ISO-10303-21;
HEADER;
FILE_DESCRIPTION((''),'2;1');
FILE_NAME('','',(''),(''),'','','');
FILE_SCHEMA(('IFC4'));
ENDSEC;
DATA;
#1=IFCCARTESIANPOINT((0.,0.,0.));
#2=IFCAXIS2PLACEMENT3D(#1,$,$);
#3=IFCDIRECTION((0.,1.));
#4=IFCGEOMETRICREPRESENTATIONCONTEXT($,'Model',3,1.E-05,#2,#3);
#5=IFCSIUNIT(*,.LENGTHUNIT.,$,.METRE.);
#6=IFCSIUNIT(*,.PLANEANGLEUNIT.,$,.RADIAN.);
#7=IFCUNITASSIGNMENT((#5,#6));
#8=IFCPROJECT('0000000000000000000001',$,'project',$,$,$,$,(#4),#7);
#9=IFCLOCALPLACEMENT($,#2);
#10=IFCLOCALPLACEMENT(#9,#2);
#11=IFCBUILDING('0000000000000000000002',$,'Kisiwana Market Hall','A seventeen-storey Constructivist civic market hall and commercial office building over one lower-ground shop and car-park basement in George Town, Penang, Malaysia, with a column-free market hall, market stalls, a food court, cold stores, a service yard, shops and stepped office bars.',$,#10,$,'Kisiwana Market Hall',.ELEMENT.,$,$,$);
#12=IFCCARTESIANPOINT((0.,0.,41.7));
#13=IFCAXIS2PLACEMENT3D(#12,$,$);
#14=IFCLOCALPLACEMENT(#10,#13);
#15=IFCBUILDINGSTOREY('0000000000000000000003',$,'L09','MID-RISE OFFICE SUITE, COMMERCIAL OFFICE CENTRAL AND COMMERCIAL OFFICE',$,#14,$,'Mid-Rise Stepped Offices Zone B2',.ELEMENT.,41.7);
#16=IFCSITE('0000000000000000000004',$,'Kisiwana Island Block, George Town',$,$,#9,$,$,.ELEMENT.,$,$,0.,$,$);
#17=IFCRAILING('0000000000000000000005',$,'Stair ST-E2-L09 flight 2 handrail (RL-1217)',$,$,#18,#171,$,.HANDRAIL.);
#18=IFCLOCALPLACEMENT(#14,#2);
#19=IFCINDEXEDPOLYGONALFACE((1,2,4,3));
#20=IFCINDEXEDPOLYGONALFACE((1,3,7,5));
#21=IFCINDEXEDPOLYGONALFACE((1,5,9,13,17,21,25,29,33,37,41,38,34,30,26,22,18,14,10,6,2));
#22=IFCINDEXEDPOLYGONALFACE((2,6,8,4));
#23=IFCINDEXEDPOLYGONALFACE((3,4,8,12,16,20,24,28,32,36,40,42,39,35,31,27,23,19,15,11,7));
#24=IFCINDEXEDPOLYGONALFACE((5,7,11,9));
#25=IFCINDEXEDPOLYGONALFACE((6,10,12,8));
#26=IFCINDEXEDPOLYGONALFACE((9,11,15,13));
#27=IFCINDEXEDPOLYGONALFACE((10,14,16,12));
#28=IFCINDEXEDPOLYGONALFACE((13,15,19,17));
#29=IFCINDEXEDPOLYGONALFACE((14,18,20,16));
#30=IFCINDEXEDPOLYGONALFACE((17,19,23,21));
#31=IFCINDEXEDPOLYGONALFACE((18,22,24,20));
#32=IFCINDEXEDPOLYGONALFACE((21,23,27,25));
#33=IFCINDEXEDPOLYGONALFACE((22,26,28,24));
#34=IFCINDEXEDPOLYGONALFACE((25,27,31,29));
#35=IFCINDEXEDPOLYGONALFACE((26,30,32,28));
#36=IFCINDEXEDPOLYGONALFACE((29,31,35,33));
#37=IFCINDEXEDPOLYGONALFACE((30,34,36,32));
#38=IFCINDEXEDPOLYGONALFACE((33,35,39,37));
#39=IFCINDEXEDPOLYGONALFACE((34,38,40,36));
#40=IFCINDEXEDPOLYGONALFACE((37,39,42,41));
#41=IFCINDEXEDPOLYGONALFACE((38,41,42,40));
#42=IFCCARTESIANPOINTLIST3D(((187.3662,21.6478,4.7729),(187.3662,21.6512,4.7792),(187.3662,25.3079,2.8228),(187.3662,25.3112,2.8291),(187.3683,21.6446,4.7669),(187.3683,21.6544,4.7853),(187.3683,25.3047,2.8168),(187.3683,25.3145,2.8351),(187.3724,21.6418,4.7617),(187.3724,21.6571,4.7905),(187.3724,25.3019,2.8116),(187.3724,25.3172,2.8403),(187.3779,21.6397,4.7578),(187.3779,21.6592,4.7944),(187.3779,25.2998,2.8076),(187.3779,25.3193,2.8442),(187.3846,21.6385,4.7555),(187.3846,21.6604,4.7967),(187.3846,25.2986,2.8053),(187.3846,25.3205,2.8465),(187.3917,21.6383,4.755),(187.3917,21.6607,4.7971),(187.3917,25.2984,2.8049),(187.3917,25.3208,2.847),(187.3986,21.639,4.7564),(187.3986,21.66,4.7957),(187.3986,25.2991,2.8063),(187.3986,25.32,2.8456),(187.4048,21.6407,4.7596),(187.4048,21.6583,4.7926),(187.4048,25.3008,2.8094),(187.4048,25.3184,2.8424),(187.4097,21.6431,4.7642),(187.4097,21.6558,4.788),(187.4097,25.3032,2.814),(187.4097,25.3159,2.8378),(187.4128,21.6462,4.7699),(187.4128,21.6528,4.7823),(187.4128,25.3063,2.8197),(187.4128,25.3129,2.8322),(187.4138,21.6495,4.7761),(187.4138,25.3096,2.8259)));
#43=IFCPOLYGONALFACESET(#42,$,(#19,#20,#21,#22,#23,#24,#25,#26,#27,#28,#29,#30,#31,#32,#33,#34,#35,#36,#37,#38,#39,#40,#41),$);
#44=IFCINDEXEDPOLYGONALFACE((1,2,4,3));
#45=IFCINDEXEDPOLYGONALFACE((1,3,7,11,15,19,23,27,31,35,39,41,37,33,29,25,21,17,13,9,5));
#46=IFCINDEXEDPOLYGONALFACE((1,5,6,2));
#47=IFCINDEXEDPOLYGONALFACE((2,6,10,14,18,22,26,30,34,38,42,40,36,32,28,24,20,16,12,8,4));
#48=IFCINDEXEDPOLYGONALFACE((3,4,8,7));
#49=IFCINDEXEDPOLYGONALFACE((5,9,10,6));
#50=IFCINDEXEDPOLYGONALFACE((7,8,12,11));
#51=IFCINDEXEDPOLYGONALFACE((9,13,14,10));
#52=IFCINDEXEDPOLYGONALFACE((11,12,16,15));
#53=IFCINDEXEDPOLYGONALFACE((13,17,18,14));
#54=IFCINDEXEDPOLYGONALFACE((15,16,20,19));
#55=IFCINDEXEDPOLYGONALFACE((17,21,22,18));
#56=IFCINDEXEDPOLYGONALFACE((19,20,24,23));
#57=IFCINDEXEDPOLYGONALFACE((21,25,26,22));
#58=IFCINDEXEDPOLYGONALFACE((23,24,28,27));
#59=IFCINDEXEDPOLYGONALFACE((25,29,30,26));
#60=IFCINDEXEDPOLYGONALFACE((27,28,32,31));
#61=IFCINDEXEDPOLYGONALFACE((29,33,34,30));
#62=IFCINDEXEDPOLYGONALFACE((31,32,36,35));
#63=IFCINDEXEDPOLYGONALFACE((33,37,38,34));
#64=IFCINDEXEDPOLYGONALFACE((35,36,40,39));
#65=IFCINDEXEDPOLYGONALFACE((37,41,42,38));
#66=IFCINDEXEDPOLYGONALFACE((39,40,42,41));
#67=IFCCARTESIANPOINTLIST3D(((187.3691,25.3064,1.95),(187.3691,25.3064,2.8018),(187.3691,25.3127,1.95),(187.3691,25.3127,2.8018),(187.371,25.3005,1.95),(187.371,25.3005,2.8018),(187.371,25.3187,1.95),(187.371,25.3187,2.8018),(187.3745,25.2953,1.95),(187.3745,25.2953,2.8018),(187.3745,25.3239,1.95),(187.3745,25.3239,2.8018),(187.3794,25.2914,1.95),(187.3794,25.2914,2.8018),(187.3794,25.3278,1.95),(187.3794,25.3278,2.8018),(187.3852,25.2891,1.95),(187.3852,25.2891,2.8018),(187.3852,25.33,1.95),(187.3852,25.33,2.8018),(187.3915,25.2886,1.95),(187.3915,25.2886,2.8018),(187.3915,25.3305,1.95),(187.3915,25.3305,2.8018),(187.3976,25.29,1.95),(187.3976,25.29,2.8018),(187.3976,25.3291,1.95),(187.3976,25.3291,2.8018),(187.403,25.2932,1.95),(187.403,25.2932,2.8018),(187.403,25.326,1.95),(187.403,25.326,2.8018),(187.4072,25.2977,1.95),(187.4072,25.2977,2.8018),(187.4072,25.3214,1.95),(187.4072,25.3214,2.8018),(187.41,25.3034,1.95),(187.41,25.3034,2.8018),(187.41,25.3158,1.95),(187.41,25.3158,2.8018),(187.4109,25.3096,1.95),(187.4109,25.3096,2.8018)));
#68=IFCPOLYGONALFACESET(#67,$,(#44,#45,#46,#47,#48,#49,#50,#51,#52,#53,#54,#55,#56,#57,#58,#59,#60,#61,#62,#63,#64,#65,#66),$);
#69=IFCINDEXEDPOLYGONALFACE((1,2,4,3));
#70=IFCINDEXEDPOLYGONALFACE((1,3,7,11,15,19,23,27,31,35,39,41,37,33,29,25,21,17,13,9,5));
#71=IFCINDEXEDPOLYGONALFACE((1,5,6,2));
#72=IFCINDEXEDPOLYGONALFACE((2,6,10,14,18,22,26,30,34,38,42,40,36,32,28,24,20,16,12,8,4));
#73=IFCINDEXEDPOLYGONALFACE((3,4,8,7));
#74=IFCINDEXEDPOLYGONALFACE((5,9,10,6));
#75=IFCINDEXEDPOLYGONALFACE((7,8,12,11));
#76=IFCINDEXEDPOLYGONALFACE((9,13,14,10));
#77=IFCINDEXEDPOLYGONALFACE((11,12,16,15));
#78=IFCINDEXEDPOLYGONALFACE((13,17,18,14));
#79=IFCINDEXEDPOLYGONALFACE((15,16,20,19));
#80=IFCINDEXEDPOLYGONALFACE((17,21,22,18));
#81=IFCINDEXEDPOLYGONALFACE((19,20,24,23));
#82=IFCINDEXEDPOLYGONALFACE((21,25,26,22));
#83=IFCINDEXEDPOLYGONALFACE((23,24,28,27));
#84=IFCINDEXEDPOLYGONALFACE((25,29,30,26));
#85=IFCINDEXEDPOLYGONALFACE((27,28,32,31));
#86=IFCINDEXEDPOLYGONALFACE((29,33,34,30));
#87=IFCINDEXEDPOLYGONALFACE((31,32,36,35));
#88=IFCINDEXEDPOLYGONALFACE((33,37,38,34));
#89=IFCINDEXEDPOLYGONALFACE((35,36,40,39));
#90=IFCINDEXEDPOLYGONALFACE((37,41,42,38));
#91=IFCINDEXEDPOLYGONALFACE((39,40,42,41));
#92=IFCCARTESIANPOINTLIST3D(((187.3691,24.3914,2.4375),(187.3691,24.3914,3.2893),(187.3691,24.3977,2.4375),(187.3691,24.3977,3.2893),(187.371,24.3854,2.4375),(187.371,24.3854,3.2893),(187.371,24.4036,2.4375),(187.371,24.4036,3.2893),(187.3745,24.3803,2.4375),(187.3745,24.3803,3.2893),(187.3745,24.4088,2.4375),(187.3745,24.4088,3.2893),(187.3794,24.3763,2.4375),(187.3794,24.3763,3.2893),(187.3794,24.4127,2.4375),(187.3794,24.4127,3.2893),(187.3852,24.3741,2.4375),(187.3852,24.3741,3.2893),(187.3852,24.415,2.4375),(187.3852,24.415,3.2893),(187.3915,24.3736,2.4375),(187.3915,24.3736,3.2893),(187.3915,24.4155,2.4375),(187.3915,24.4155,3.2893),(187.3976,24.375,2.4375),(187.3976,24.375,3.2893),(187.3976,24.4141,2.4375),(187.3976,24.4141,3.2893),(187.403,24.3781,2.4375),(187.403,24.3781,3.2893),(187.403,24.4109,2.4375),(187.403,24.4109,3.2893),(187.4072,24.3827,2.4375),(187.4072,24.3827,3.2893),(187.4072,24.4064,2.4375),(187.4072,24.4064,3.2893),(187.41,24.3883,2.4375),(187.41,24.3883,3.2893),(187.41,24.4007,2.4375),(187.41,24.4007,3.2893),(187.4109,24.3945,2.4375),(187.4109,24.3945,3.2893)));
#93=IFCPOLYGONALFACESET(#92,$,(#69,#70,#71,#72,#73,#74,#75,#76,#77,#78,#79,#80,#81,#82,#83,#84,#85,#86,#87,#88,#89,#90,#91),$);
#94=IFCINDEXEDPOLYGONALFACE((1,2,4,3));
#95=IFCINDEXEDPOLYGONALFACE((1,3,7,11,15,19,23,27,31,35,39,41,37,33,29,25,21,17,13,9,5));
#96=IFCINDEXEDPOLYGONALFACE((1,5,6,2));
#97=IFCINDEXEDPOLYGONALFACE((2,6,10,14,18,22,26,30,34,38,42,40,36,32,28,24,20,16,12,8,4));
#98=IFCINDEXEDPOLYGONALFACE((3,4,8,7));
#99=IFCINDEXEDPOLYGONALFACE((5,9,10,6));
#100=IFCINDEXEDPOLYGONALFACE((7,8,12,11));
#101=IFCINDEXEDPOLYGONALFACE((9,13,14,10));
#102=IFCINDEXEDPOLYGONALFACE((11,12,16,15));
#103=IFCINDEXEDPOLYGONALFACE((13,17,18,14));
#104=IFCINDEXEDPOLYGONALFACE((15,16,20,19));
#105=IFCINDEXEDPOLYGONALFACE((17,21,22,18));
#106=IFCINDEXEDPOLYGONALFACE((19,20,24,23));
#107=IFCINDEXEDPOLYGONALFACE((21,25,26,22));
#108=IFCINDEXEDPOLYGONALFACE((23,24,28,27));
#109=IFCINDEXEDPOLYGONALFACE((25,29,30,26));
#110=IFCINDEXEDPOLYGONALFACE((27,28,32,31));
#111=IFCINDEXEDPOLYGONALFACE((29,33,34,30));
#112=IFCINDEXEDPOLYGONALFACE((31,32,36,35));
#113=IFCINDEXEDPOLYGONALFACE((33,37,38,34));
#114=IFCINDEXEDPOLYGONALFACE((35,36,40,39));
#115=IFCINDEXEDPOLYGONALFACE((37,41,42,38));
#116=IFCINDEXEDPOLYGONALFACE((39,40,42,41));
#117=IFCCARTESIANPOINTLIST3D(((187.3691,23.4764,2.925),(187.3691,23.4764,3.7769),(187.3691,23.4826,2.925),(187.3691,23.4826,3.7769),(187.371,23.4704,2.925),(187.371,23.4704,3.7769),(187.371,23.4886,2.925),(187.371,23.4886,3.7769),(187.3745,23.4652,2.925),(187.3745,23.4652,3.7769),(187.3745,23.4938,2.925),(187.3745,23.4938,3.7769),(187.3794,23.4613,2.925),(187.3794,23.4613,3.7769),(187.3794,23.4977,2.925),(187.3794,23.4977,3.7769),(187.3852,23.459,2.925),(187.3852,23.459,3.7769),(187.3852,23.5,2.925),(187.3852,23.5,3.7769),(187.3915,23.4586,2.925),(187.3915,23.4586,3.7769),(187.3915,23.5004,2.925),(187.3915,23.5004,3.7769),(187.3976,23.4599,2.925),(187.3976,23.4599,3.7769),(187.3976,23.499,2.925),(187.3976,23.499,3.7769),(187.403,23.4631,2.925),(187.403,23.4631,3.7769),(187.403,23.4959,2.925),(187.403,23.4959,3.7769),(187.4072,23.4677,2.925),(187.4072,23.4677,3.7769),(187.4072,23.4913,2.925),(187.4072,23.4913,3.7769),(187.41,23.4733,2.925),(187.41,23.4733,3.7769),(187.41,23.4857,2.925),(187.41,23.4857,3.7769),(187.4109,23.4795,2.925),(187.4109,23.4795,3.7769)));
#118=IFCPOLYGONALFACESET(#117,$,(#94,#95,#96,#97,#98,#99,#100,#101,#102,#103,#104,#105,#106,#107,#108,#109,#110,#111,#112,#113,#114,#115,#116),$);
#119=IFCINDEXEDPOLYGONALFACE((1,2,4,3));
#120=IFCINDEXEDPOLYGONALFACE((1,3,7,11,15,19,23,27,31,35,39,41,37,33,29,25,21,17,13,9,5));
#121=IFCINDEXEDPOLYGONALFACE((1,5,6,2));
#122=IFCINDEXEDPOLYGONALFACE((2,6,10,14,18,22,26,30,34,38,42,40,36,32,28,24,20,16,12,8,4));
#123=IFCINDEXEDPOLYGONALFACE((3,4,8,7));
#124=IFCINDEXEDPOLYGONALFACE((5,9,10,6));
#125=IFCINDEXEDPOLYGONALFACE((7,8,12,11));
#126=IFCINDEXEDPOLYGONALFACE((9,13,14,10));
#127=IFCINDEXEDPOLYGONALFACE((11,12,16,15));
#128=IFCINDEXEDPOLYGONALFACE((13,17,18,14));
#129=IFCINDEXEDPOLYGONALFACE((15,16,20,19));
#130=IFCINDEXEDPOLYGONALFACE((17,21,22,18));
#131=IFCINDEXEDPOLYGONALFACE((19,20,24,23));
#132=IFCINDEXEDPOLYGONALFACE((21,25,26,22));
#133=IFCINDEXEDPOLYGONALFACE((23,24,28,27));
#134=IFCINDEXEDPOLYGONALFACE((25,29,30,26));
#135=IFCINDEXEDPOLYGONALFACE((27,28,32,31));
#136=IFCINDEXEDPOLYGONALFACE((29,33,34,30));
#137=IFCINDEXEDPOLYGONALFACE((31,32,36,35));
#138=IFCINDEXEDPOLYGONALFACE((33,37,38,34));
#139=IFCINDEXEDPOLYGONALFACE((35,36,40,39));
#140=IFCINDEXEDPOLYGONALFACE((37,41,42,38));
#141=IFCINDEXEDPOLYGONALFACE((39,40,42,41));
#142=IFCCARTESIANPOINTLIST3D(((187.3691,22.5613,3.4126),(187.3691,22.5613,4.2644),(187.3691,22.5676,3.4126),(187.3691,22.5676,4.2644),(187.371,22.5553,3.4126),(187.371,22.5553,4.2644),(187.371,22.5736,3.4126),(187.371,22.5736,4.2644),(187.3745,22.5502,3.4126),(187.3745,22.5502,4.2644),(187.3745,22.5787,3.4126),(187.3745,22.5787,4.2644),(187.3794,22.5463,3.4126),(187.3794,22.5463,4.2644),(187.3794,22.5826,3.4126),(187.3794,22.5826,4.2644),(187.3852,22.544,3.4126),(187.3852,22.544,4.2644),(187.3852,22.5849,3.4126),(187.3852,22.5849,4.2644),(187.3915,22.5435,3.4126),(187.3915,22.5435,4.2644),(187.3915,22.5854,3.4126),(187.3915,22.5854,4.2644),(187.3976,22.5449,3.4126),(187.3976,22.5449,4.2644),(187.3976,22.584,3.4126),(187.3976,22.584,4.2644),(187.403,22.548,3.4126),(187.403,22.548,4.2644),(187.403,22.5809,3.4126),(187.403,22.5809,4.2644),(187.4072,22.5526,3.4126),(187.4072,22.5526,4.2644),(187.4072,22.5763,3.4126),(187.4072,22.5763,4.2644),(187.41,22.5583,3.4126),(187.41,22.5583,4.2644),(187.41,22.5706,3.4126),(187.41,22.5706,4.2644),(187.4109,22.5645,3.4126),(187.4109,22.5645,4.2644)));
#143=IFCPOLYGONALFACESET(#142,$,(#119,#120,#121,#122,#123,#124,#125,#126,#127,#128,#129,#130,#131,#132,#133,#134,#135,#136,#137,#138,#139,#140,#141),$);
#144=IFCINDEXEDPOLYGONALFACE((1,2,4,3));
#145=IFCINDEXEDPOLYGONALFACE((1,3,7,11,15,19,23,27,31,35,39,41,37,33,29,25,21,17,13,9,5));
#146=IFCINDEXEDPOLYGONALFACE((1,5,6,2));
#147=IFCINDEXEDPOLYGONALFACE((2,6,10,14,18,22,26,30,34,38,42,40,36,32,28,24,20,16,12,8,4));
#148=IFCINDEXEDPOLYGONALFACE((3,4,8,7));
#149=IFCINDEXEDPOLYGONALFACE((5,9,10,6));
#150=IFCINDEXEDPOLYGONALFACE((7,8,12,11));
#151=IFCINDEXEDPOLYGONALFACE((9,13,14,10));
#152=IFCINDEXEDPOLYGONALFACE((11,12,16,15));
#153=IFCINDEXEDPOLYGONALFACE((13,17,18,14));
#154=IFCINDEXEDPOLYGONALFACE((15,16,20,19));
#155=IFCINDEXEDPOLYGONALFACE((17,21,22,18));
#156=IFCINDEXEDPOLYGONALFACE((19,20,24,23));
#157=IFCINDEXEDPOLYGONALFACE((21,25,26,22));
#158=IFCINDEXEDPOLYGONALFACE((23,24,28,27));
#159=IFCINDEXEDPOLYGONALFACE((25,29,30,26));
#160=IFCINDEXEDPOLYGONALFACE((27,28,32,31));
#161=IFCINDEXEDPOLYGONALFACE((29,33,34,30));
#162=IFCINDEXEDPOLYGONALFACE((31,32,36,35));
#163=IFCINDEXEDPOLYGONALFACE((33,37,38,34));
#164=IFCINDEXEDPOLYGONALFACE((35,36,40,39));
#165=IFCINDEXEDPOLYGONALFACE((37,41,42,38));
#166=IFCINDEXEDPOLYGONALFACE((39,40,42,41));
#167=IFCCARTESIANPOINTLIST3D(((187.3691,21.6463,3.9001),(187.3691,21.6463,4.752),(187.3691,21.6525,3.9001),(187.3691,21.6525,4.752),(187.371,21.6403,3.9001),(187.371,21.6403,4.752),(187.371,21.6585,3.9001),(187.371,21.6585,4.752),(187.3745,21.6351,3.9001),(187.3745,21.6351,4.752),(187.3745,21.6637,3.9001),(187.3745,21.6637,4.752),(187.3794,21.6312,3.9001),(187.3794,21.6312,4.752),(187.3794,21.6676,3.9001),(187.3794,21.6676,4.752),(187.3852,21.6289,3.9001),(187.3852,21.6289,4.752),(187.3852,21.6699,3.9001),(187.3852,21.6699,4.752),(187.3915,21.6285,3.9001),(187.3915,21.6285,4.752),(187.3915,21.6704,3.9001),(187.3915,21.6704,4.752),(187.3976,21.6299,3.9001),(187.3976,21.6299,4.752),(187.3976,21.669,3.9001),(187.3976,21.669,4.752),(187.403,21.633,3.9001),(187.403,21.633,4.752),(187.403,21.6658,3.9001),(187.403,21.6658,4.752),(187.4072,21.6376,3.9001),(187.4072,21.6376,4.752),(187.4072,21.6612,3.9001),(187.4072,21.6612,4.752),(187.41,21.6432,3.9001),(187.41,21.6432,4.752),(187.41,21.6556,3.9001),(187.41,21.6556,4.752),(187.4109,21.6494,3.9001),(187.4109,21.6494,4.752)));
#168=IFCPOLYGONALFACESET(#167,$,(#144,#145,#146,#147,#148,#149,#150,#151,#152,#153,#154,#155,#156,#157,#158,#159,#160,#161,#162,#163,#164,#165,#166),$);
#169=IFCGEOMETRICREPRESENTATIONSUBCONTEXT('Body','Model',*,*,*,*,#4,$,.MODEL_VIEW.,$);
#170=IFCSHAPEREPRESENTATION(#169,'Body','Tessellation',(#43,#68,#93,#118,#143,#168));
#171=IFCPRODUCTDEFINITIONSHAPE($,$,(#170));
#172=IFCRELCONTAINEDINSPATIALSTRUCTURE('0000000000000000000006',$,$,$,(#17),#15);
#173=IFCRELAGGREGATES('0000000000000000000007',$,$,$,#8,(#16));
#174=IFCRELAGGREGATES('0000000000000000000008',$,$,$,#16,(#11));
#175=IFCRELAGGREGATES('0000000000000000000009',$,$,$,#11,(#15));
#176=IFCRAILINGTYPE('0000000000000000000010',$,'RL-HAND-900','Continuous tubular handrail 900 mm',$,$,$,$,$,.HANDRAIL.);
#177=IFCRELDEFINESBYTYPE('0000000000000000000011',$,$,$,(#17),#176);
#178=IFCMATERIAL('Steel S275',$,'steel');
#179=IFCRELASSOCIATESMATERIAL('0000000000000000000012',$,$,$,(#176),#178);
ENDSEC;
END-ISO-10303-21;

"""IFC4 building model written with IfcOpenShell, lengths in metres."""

from ifc_helpers import new_model, si_unit, direction, frame, origin, origin_2d, place, context, subcontext, project, spatial, circle, extrude, material, type_object, element, save


model = new_model("IFC4")

# Units and contexts
model_context = context("Model", 3, precision=1e-05, world=origin(), true_north=direction((0.0, 1.0)))
body_context = subcontext(model_context, "Body", "Model", "MODEL_VIEW")
ifc_project = project(units=[si_unit("LENGTHUNIT", "METRE"), si_unit("PLANEANGLEUNIT", "RADIAN")], contexts=[model_context])

# Site, building, storey
site_placement = place(None, origin())
site = spatial("IfcSite", under=ifc_project, at=site_placement, Name="Kisiwana Island Block, George Town", CompositionType="ELEMENT", RefElevation=0.0)
building_placement = place(site_placement, origin())
building = spatial("IfcBuilding", under=site, at=building_placement, Name="Kisiwana Market Hall", Description="A seventeen-storey Constructivist civic market hall and commercial office building over one lower-ground shop and car-park basement in George Town, Penang, Malaysia, with a column-free market hall, market stalls, a food court, cold stores, a service yard, shops and stepped office bars.", LongName="Kisiwana Market Hall", CompositionType="ELEMENT")
storey_placement = place(building_placement, frame((0.0, 0.0, 41.7)))
storey = spatial("IfcBuildingStorey", under=building, at=storey_placement, Name="L09", Description="MID-RISE OFFICE SUITE, COMMERCIAL OFFICE CENTRAL AND COMMERCIAL OFFICE", LongName="Mid-Rise Stepped Offices Zone B2", CompositionType="ELEMENT", Elevation=41.7)

# Railing
ifc_material_1 = material(Name="Steel S275", Category="steel")
railing_type_1 = type_object("IfcRailingType", Name="RL-HAND-900", Description="Continuous tubular handrail 900 mm", PredefinedType="HANDRAIL", material=ifc_material_1)
railing_1_placement = place(storey_placement, frame((187.3899, 25.3096, 1.95)))
element("IfcRailing", 1, at=railing_1_placement, inside=storey, type_object=railing_type_1, Name="Stair ST-E2-L09 flight 2 handrail (RL-1217)", PredefinedType="HANDRAIL", context=body_context, shape_type="SweptSolid", body=[
    extrude(circle(Radius=0.0239, at=origin_2d()), frame((0.0, 0.0, 0.876), z_axis=(0.0, -0.882542, 0.470234), x_axis=(1.0, 0.0, 0.0)), (0.0, 0.0, 1.0), 4.1472),
    extrude(circle(Radius=0.021, at=origin_2d()), origin(), (0.0, 0.0, 1.0), 0.8518),
    extrude(circle(Radius=0.021, at=origin_2d()), frame((0.0, -0.915, 0.4875)), (0.0, 0.0, 1.0), 0.8518),
    extrude(circle(Radius=0.021, at=origin_2d()), frame((0.0, -1.8301, 0.9751)), (0.0, 0.0, 1.0), 0.8518),
    extrude(circle(Radius=0.021, at=origin_2d()), frame((0.0, -2.7451, 1.4626)), (0.0, 0.0, 1.0), 0.8518),
    extrude(circle(Radius=0.021, at=origin_2d()), frame((0.0, -3.6602, 1.9502)), (0.0, 0.0, 1.0), 0.8518),
])

save(model, "model.ifc")
